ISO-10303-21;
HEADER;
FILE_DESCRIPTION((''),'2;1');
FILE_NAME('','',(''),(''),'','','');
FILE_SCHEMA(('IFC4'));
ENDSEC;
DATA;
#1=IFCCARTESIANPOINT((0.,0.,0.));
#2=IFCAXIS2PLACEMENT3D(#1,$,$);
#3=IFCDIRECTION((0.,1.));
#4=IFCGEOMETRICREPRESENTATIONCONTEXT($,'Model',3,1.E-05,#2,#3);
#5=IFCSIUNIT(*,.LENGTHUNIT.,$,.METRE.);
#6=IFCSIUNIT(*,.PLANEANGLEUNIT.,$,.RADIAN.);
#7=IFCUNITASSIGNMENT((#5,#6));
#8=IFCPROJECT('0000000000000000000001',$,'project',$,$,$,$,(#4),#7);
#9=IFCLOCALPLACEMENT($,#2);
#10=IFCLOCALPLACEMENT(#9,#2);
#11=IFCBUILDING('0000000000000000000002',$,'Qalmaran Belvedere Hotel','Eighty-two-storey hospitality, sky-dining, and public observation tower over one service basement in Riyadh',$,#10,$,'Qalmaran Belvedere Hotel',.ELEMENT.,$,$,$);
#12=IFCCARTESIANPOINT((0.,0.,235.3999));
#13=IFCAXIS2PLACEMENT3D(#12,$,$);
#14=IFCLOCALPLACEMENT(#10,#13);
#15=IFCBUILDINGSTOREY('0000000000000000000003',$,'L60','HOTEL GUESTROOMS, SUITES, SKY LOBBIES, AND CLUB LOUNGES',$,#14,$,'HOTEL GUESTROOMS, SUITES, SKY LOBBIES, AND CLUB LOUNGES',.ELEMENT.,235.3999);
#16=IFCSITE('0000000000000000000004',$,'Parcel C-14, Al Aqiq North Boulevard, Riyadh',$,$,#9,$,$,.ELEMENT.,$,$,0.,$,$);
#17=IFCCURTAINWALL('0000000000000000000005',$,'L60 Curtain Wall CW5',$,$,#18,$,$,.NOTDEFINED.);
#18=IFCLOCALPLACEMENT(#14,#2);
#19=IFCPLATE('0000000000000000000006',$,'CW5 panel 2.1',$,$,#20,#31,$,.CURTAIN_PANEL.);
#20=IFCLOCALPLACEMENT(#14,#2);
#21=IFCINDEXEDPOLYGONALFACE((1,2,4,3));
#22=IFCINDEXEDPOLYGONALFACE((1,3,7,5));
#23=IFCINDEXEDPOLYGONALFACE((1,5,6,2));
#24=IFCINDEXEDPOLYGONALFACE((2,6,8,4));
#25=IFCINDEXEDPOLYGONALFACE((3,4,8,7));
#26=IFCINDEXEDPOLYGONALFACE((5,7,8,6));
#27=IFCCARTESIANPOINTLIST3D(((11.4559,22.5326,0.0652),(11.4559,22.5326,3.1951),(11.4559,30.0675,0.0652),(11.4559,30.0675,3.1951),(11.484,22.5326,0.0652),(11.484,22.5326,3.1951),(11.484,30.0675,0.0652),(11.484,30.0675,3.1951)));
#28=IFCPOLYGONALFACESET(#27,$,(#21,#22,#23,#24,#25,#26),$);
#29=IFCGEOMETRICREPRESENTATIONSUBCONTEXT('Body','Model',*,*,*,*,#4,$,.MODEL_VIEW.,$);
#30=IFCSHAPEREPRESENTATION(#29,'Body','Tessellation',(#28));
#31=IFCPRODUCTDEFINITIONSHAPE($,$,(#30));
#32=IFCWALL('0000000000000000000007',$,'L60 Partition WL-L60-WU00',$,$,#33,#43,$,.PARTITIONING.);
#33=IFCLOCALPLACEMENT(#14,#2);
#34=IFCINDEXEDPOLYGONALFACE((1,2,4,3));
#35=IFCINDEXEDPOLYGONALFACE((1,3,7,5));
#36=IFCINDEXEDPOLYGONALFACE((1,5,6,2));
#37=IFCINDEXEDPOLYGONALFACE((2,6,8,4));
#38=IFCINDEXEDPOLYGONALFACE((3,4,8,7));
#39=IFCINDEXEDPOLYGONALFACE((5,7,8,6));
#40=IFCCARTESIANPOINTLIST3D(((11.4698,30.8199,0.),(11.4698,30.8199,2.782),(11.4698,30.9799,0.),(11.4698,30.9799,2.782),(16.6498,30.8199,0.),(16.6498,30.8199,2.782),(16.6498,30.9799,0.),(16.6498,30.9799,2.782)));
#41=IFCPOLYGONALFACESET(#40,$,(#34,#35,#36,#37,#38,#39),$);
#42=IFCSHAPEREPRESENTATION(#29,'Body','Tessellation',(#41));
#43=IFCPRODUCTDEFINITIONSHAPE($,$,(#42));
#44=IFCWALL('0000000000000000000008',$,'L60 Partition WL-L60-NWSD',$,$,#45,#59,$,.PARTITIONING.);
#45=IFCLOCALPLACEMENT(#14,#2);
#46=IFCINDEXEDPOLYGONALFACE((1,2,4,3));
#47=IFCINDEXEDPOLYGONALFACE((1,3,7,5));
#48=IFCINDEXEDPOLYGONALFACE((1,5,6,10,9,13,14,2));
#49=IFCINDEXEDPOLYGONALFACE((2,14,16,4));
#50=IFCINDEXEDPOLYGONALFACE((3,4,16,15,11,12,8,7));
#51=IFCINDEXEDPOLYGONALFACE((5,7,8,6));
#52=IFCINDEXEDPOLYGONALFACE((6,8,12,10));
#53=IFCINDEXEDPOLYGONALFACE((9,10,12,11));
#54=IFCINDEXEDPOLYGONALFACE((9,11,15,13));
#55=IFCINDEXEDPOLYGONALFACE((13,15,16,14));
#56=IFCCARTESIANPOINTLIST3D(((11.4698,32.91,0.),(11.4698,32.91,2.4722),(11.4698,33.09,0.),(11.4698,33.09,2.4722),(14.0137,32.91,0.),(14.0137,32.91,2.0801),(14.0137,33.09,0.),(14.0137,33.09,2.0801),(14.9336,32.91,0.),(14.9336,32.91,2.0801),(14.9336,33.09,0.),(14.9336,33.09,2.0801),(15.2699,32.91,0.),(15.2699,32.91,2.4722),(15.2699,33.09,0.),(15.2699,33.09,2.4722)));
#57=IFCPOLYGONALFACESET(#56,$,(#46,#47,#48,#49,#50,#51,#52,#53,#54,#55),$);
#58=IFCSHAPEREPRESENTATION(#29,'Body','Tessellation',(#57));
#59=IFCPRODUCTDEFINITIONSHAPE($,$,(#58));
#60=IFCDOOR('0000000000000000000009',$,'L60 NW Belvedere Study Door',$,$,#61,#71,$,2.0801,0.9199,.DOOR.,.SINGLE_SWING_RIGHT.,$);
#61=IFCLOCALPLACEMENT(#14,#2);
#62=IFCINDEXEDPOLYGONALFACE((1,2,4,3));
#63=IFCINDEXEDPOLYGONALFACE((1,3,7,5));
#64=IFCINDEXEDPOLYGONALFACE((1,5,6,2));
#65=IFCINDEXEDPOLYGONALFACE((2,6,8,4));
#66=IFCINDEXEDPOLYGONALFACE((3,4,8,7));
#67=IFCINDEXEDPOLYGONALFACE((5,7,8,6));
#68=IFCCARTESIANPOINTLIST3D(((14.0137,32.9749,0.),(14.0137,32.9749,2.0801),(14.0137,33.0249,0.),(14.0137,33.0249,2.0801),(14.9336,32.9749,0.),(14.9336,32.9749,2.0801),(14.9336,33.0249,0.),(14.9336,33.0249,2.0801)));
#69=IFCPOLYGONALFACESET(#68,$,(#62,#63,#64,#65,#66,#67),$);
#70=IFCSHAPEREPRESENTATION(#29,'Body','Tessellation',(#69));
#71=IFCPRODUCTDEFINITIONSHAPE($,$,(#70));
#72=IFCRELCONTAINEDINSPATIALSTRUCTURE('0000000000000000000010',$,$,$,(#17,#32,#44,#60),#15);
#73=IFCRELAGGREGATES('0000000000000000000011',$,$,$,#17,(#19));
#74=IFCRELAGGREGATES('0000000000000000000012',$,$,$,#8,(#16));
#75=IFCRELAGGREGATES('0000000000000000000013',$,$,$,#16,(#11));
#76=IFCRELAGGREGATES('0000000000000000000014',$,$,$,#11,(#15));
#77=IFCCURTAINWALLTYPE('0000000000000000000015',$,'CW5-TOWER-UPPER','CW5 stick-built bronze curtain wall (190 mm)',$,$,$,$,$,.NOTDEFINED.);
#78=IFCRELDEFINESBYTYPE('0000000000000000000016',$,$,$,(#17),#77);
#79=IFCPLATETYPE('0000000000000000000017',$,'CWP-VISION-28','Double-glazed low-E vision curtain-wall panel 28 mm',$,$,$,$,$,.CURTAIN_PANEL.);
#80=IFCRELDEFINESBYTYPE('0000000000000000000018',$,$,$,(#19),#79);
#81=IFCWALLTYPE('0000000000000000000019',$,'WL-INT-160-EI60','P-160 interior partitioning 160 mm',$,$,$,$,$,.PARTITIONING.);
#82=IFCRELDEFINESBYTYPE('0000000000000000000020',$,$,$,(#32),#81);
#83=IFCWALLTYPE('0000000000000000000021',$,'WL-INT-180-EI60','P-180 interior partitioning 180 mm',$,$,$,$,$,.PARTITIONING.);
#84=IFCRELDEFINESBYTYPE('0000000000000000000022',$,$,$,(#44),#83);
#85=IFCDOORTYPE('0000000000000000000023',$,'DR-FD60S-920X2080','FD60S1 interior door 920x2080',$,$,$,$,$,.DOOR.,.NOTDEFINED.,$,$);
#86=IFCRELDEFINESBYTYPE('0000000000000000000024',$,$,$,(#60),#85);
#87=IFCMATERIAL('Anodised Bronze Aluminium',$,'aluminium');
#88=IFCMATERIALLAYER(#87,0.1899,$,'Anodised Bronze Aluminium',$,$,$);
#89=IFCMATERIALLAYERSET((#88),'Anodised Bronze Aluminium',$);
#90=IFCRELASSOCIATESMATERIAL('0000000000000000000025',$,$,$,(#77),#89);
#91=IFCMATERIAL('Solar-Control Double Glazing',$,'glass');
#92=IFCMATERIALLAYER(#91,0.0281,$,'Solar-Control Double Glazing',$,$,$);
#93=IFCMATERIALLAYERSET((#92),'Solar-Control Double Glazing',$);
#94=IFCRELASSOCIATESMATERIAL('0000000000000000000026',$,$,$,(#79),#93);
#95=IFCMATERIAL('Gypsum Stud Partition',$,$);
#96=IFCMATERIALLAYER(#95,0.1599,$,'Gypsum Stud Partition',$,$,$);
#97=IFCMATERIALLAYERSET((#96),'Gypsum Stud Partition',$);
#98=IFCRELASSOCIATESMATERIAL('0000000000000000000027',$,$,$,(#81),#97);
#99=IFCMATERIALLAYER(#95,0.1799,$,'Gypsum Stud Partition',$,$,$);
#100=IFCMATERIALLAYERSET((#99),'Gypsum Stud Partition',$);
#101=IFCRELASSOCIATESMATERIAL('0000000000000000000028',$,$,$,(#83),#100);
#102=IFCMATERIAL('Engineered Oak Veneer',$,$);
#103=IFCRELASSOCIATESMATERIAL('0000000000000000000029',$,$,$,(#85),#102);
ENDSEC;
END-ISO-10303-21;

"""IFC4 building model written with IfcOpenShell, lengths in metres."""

from ifc_helpers import new_model, si_unit, direction, frame, frame_2d, origin, origin_2d, place, context, subcontext, project, spatial, rectangle, extrude, material, layer, layer_set, type_object, element, fill, aggregate, save


model = new_model("IFC4")

# Units and contexts
model_context = context("Model", 3, precision=1e-05, world=origin(), true_north=direction((0.0, 1.0)))
body_context = subcontext(model_context, "Body", "Model", "MODEL_VIEW")
ifc_project = project(units=[si_unit("LENGTHUNIT", "METRE"), si_unit("PLANEANGLEUNIT", "RADIAN")], contexts=[model_context])

# Site, building, storey
site_placement = place(None, origin())
site = spatial("IfcSite", under=ifc_project, at=site_placement, Name="Parcel C-14, Al Aqiq North Boulevard, Riyadh", CompositionType="ELEMENT", RefElevation=0.0)
building_placement = place(site_placement, origin())
building = spatial("IfcBuilding", under=site, at=building_placement, Name="Qalmaran Belvedere Hotel", Description="Eighty-two-storey hospitality, sky-dining, and public observation tower over one service basement in Riyadh", LongName="Qalmaran Belvedere Hotel", CompositionType="ELEMENT")
storey_placement = place(building_placement, frame((0.0, 0.0, 235.3999)))
storey = spatial("IfcBuildingStorey", under=building, at=storey_placement, Name="L60", Description="HOTEL GUESTROOMS, SUITES, SKY LOBBIES, AND CLUB LOUNGES", LongName="HOTEL GUESTROOMS, SUITES, SKY LOBBIES, AND CLUB LOUNGES", CompositionType="ELEMENT", Elevation=235.3999)

# Curtain wall, plate
ifc_material_1 = material(Name="Anodised Bronze Aluminium", Category="aluminium")
ifc_layer_1 = layer(ifc_material_1, 0.1899, Name="Anodised Bronze Aluminium")
ifc_layer_set_1 = layer_set([ifc_layer_1], Name="Anodised Bronze Aluminium")
curtain_wall_type = type_object("IfcCurtainWallType", Name="CW5-TOWER-UPPER", Description="CW5 stick-built bronze curtain wall (190 mm)", PredefinedType="NOTDEFINED", material=ifc_layer_set_1)
curtain_wall_placement = place(storey_placement, origin())
curtain_wall = element("IfcCurtainWall", 1, at=curtain_wall_placement, inside=storey, type_object=curtain_wall_type, Name="L60 Curtain Wall CW5", PredefinedType="NOTDEFINED")
ifc_material_2 = material(Name="Solar-Control Double Glazing", Category="glass")
ifc_layer_2 = layer(ifc_material_2, 0.0281, Name="Solar-Control Double Glazing")
ifc_layer_set_2 = layer_set([ifc_layer_2], Name="Solar-Control Double Glazing")
plate_type = type_object("IfcPlateType", Name="CWP-VISION-28", Description="Double-glazed low-E vision curtain-wall panel 28 mm", PredefinedType="CURTAIN_PANEL", material=ifc_layer_set_2)
plate_placement = place(storey_placement, frame((11.47, 26.3, 0.0652), z_axis=(0.0, 0.0, 1.0), x_axis=(0.0, -1.0, 0.0)))
plate = element("IfcPlate", 2, at=plate_placement, type_object=plate_type, Name="CW5 panel 2.1", PredefinedType="CURTAIN_PANEL", context=body_context, shape_type="SweptSolid", body=[
    extrude(rectangle(XDim=7.5349, YDim=0.0281, at=origin_2d()), origin(), (0.0, 0.0, 1.0), 3.1299),
])
aggregate(curtain_wall, [plate])

# Shared definitions
ifc_material_3 = material(Name="Gypsum Stud Partition")

# Wall
ifc_layer_3 = layer(ifc_material_3, 0.1599, Name="Gypsum Stud Partition")
ifc_layer_set_3 = layer_set([ifc_layer_3], Name="Gypsum Stud Partition")
wall_type_1 = type_object("IfcWallType", Name="WL-INT-160-EI60", Description="P-160 interior partitioning 160 mm", PredefinedType="PARTITIONING", material=ifc_layer_set_3)
wall_1_placement = place(storey_placement, frame((11.47, 30.8999, 0.0), z_axis=(0.0, 0.0, 1.0), x_axis=(1.0, 0.0, 0.0)))
element("IfcWall", 3, at=wall_1_placement, inside=storey, type_object=wall_type_1, Name="L60 Partition WL-L60-WU00", PredefinedType="PARTITIONING", context=body_context, shape_type="SweptSolid", body=[
    extrude(rectangle(XDim=5.1799, YDim=0.1599, at=frame_2d((2.5898, 0.0))), origin(), (0.0, 0.0, 1.0), 2.782),
])

# Wall, opening, door
ifc_layer_4 = layer(ifc_material_3, 0.1799, Name="Gypsum Stud Partition")
ifc_layer_set_4 = layer_set([ifc_layer_4], Name="Gypsum Stud Partition")
wall_type_2 = type_object("IfcWallType", Name="WL-INT-180-EI60", Description="P-180 interior partitioning 180 mm", PredefinedType="PARTITIONING", material=ifc_layer_set_4)
wall_2_placement = place(storey_placement, frame((11.47, 33.0, 0.0), z_axis=(0.0, 0.0, 1.0), x_axis=(1.0, 0.0, 0.0)))
wall_2 = element("IfcWall", 4, at=wall_2_placement, inside=storey, type_object=wall_type_2, Name="L60 Partition WL-L60-NWSD", PredefinedType="PARTITIONING", context=body_context, shape_type="SweptSolid", body=[
    extrude(rectangle(XDim=3.8, YDim=0.1799, at=frame_2d((1.8999, 0.0))), origin(), (0.0, 0.0, 1.0), 2.4722),
])
opening_1_placement = place(wall_2_placement, frame((2.5437, 0.0, 0.0)))
opening_1 = element("IfcOpeningElement", 5, at=opening_1_placement, cuts=wall_2, PredefinedType="OPENING", context=body_context, shape_type="SweptSolid", body=[
    extrude(rectangle(XDim=0.9199, YDim=2.0801, at=frame_2d((0.46, 1.04))), frame((0.0, 0.1001, 0.0), z_axis=(0.0, -1.0, 0.0), x_axis=(1.0, 0.0, 0.0)), (0.0, 0.0, 1.0), 0.2),
])
ifc_material_4 = material(Name="Engineered Oak Veneer")
door_type_1 = type_object("IfcDoorType", Name="DR-FD60S-920X2080", Description="FD60S1 interior door 920x2080", OperationType="NOTDEFINED", PredefinedType="DOOR", material=ifc_material_4)
door_1_placement = place(opening_1_placement, origin())
door_1 = element("IfcDoor", 6, at=door_1_placement, inside=storey, type_object=door_type_1, Name="L60 NW Belvedere Study Door", OperationType="SINGLE_SWING_RIGHT", OverallHeight=2.0801, OverallWidth=0.9199, PredefinedType="DOOR", context=body_context, shape_type="SweptSolid", body=[
    extrude(rectangle(XDim=0.9199, YDim=2.0801, at=frame_2d((0.46, 1.04))), frame((0.0, 0.0249, 0.0), z_axis=(0.0, -1.0, 0.0), x_axis=(1.0, 0.0, 0.0)), (0.0, 0.0, 1.0), 0.05),
])
fill(opening_1, door_1)

save(model, "model.ifc")
